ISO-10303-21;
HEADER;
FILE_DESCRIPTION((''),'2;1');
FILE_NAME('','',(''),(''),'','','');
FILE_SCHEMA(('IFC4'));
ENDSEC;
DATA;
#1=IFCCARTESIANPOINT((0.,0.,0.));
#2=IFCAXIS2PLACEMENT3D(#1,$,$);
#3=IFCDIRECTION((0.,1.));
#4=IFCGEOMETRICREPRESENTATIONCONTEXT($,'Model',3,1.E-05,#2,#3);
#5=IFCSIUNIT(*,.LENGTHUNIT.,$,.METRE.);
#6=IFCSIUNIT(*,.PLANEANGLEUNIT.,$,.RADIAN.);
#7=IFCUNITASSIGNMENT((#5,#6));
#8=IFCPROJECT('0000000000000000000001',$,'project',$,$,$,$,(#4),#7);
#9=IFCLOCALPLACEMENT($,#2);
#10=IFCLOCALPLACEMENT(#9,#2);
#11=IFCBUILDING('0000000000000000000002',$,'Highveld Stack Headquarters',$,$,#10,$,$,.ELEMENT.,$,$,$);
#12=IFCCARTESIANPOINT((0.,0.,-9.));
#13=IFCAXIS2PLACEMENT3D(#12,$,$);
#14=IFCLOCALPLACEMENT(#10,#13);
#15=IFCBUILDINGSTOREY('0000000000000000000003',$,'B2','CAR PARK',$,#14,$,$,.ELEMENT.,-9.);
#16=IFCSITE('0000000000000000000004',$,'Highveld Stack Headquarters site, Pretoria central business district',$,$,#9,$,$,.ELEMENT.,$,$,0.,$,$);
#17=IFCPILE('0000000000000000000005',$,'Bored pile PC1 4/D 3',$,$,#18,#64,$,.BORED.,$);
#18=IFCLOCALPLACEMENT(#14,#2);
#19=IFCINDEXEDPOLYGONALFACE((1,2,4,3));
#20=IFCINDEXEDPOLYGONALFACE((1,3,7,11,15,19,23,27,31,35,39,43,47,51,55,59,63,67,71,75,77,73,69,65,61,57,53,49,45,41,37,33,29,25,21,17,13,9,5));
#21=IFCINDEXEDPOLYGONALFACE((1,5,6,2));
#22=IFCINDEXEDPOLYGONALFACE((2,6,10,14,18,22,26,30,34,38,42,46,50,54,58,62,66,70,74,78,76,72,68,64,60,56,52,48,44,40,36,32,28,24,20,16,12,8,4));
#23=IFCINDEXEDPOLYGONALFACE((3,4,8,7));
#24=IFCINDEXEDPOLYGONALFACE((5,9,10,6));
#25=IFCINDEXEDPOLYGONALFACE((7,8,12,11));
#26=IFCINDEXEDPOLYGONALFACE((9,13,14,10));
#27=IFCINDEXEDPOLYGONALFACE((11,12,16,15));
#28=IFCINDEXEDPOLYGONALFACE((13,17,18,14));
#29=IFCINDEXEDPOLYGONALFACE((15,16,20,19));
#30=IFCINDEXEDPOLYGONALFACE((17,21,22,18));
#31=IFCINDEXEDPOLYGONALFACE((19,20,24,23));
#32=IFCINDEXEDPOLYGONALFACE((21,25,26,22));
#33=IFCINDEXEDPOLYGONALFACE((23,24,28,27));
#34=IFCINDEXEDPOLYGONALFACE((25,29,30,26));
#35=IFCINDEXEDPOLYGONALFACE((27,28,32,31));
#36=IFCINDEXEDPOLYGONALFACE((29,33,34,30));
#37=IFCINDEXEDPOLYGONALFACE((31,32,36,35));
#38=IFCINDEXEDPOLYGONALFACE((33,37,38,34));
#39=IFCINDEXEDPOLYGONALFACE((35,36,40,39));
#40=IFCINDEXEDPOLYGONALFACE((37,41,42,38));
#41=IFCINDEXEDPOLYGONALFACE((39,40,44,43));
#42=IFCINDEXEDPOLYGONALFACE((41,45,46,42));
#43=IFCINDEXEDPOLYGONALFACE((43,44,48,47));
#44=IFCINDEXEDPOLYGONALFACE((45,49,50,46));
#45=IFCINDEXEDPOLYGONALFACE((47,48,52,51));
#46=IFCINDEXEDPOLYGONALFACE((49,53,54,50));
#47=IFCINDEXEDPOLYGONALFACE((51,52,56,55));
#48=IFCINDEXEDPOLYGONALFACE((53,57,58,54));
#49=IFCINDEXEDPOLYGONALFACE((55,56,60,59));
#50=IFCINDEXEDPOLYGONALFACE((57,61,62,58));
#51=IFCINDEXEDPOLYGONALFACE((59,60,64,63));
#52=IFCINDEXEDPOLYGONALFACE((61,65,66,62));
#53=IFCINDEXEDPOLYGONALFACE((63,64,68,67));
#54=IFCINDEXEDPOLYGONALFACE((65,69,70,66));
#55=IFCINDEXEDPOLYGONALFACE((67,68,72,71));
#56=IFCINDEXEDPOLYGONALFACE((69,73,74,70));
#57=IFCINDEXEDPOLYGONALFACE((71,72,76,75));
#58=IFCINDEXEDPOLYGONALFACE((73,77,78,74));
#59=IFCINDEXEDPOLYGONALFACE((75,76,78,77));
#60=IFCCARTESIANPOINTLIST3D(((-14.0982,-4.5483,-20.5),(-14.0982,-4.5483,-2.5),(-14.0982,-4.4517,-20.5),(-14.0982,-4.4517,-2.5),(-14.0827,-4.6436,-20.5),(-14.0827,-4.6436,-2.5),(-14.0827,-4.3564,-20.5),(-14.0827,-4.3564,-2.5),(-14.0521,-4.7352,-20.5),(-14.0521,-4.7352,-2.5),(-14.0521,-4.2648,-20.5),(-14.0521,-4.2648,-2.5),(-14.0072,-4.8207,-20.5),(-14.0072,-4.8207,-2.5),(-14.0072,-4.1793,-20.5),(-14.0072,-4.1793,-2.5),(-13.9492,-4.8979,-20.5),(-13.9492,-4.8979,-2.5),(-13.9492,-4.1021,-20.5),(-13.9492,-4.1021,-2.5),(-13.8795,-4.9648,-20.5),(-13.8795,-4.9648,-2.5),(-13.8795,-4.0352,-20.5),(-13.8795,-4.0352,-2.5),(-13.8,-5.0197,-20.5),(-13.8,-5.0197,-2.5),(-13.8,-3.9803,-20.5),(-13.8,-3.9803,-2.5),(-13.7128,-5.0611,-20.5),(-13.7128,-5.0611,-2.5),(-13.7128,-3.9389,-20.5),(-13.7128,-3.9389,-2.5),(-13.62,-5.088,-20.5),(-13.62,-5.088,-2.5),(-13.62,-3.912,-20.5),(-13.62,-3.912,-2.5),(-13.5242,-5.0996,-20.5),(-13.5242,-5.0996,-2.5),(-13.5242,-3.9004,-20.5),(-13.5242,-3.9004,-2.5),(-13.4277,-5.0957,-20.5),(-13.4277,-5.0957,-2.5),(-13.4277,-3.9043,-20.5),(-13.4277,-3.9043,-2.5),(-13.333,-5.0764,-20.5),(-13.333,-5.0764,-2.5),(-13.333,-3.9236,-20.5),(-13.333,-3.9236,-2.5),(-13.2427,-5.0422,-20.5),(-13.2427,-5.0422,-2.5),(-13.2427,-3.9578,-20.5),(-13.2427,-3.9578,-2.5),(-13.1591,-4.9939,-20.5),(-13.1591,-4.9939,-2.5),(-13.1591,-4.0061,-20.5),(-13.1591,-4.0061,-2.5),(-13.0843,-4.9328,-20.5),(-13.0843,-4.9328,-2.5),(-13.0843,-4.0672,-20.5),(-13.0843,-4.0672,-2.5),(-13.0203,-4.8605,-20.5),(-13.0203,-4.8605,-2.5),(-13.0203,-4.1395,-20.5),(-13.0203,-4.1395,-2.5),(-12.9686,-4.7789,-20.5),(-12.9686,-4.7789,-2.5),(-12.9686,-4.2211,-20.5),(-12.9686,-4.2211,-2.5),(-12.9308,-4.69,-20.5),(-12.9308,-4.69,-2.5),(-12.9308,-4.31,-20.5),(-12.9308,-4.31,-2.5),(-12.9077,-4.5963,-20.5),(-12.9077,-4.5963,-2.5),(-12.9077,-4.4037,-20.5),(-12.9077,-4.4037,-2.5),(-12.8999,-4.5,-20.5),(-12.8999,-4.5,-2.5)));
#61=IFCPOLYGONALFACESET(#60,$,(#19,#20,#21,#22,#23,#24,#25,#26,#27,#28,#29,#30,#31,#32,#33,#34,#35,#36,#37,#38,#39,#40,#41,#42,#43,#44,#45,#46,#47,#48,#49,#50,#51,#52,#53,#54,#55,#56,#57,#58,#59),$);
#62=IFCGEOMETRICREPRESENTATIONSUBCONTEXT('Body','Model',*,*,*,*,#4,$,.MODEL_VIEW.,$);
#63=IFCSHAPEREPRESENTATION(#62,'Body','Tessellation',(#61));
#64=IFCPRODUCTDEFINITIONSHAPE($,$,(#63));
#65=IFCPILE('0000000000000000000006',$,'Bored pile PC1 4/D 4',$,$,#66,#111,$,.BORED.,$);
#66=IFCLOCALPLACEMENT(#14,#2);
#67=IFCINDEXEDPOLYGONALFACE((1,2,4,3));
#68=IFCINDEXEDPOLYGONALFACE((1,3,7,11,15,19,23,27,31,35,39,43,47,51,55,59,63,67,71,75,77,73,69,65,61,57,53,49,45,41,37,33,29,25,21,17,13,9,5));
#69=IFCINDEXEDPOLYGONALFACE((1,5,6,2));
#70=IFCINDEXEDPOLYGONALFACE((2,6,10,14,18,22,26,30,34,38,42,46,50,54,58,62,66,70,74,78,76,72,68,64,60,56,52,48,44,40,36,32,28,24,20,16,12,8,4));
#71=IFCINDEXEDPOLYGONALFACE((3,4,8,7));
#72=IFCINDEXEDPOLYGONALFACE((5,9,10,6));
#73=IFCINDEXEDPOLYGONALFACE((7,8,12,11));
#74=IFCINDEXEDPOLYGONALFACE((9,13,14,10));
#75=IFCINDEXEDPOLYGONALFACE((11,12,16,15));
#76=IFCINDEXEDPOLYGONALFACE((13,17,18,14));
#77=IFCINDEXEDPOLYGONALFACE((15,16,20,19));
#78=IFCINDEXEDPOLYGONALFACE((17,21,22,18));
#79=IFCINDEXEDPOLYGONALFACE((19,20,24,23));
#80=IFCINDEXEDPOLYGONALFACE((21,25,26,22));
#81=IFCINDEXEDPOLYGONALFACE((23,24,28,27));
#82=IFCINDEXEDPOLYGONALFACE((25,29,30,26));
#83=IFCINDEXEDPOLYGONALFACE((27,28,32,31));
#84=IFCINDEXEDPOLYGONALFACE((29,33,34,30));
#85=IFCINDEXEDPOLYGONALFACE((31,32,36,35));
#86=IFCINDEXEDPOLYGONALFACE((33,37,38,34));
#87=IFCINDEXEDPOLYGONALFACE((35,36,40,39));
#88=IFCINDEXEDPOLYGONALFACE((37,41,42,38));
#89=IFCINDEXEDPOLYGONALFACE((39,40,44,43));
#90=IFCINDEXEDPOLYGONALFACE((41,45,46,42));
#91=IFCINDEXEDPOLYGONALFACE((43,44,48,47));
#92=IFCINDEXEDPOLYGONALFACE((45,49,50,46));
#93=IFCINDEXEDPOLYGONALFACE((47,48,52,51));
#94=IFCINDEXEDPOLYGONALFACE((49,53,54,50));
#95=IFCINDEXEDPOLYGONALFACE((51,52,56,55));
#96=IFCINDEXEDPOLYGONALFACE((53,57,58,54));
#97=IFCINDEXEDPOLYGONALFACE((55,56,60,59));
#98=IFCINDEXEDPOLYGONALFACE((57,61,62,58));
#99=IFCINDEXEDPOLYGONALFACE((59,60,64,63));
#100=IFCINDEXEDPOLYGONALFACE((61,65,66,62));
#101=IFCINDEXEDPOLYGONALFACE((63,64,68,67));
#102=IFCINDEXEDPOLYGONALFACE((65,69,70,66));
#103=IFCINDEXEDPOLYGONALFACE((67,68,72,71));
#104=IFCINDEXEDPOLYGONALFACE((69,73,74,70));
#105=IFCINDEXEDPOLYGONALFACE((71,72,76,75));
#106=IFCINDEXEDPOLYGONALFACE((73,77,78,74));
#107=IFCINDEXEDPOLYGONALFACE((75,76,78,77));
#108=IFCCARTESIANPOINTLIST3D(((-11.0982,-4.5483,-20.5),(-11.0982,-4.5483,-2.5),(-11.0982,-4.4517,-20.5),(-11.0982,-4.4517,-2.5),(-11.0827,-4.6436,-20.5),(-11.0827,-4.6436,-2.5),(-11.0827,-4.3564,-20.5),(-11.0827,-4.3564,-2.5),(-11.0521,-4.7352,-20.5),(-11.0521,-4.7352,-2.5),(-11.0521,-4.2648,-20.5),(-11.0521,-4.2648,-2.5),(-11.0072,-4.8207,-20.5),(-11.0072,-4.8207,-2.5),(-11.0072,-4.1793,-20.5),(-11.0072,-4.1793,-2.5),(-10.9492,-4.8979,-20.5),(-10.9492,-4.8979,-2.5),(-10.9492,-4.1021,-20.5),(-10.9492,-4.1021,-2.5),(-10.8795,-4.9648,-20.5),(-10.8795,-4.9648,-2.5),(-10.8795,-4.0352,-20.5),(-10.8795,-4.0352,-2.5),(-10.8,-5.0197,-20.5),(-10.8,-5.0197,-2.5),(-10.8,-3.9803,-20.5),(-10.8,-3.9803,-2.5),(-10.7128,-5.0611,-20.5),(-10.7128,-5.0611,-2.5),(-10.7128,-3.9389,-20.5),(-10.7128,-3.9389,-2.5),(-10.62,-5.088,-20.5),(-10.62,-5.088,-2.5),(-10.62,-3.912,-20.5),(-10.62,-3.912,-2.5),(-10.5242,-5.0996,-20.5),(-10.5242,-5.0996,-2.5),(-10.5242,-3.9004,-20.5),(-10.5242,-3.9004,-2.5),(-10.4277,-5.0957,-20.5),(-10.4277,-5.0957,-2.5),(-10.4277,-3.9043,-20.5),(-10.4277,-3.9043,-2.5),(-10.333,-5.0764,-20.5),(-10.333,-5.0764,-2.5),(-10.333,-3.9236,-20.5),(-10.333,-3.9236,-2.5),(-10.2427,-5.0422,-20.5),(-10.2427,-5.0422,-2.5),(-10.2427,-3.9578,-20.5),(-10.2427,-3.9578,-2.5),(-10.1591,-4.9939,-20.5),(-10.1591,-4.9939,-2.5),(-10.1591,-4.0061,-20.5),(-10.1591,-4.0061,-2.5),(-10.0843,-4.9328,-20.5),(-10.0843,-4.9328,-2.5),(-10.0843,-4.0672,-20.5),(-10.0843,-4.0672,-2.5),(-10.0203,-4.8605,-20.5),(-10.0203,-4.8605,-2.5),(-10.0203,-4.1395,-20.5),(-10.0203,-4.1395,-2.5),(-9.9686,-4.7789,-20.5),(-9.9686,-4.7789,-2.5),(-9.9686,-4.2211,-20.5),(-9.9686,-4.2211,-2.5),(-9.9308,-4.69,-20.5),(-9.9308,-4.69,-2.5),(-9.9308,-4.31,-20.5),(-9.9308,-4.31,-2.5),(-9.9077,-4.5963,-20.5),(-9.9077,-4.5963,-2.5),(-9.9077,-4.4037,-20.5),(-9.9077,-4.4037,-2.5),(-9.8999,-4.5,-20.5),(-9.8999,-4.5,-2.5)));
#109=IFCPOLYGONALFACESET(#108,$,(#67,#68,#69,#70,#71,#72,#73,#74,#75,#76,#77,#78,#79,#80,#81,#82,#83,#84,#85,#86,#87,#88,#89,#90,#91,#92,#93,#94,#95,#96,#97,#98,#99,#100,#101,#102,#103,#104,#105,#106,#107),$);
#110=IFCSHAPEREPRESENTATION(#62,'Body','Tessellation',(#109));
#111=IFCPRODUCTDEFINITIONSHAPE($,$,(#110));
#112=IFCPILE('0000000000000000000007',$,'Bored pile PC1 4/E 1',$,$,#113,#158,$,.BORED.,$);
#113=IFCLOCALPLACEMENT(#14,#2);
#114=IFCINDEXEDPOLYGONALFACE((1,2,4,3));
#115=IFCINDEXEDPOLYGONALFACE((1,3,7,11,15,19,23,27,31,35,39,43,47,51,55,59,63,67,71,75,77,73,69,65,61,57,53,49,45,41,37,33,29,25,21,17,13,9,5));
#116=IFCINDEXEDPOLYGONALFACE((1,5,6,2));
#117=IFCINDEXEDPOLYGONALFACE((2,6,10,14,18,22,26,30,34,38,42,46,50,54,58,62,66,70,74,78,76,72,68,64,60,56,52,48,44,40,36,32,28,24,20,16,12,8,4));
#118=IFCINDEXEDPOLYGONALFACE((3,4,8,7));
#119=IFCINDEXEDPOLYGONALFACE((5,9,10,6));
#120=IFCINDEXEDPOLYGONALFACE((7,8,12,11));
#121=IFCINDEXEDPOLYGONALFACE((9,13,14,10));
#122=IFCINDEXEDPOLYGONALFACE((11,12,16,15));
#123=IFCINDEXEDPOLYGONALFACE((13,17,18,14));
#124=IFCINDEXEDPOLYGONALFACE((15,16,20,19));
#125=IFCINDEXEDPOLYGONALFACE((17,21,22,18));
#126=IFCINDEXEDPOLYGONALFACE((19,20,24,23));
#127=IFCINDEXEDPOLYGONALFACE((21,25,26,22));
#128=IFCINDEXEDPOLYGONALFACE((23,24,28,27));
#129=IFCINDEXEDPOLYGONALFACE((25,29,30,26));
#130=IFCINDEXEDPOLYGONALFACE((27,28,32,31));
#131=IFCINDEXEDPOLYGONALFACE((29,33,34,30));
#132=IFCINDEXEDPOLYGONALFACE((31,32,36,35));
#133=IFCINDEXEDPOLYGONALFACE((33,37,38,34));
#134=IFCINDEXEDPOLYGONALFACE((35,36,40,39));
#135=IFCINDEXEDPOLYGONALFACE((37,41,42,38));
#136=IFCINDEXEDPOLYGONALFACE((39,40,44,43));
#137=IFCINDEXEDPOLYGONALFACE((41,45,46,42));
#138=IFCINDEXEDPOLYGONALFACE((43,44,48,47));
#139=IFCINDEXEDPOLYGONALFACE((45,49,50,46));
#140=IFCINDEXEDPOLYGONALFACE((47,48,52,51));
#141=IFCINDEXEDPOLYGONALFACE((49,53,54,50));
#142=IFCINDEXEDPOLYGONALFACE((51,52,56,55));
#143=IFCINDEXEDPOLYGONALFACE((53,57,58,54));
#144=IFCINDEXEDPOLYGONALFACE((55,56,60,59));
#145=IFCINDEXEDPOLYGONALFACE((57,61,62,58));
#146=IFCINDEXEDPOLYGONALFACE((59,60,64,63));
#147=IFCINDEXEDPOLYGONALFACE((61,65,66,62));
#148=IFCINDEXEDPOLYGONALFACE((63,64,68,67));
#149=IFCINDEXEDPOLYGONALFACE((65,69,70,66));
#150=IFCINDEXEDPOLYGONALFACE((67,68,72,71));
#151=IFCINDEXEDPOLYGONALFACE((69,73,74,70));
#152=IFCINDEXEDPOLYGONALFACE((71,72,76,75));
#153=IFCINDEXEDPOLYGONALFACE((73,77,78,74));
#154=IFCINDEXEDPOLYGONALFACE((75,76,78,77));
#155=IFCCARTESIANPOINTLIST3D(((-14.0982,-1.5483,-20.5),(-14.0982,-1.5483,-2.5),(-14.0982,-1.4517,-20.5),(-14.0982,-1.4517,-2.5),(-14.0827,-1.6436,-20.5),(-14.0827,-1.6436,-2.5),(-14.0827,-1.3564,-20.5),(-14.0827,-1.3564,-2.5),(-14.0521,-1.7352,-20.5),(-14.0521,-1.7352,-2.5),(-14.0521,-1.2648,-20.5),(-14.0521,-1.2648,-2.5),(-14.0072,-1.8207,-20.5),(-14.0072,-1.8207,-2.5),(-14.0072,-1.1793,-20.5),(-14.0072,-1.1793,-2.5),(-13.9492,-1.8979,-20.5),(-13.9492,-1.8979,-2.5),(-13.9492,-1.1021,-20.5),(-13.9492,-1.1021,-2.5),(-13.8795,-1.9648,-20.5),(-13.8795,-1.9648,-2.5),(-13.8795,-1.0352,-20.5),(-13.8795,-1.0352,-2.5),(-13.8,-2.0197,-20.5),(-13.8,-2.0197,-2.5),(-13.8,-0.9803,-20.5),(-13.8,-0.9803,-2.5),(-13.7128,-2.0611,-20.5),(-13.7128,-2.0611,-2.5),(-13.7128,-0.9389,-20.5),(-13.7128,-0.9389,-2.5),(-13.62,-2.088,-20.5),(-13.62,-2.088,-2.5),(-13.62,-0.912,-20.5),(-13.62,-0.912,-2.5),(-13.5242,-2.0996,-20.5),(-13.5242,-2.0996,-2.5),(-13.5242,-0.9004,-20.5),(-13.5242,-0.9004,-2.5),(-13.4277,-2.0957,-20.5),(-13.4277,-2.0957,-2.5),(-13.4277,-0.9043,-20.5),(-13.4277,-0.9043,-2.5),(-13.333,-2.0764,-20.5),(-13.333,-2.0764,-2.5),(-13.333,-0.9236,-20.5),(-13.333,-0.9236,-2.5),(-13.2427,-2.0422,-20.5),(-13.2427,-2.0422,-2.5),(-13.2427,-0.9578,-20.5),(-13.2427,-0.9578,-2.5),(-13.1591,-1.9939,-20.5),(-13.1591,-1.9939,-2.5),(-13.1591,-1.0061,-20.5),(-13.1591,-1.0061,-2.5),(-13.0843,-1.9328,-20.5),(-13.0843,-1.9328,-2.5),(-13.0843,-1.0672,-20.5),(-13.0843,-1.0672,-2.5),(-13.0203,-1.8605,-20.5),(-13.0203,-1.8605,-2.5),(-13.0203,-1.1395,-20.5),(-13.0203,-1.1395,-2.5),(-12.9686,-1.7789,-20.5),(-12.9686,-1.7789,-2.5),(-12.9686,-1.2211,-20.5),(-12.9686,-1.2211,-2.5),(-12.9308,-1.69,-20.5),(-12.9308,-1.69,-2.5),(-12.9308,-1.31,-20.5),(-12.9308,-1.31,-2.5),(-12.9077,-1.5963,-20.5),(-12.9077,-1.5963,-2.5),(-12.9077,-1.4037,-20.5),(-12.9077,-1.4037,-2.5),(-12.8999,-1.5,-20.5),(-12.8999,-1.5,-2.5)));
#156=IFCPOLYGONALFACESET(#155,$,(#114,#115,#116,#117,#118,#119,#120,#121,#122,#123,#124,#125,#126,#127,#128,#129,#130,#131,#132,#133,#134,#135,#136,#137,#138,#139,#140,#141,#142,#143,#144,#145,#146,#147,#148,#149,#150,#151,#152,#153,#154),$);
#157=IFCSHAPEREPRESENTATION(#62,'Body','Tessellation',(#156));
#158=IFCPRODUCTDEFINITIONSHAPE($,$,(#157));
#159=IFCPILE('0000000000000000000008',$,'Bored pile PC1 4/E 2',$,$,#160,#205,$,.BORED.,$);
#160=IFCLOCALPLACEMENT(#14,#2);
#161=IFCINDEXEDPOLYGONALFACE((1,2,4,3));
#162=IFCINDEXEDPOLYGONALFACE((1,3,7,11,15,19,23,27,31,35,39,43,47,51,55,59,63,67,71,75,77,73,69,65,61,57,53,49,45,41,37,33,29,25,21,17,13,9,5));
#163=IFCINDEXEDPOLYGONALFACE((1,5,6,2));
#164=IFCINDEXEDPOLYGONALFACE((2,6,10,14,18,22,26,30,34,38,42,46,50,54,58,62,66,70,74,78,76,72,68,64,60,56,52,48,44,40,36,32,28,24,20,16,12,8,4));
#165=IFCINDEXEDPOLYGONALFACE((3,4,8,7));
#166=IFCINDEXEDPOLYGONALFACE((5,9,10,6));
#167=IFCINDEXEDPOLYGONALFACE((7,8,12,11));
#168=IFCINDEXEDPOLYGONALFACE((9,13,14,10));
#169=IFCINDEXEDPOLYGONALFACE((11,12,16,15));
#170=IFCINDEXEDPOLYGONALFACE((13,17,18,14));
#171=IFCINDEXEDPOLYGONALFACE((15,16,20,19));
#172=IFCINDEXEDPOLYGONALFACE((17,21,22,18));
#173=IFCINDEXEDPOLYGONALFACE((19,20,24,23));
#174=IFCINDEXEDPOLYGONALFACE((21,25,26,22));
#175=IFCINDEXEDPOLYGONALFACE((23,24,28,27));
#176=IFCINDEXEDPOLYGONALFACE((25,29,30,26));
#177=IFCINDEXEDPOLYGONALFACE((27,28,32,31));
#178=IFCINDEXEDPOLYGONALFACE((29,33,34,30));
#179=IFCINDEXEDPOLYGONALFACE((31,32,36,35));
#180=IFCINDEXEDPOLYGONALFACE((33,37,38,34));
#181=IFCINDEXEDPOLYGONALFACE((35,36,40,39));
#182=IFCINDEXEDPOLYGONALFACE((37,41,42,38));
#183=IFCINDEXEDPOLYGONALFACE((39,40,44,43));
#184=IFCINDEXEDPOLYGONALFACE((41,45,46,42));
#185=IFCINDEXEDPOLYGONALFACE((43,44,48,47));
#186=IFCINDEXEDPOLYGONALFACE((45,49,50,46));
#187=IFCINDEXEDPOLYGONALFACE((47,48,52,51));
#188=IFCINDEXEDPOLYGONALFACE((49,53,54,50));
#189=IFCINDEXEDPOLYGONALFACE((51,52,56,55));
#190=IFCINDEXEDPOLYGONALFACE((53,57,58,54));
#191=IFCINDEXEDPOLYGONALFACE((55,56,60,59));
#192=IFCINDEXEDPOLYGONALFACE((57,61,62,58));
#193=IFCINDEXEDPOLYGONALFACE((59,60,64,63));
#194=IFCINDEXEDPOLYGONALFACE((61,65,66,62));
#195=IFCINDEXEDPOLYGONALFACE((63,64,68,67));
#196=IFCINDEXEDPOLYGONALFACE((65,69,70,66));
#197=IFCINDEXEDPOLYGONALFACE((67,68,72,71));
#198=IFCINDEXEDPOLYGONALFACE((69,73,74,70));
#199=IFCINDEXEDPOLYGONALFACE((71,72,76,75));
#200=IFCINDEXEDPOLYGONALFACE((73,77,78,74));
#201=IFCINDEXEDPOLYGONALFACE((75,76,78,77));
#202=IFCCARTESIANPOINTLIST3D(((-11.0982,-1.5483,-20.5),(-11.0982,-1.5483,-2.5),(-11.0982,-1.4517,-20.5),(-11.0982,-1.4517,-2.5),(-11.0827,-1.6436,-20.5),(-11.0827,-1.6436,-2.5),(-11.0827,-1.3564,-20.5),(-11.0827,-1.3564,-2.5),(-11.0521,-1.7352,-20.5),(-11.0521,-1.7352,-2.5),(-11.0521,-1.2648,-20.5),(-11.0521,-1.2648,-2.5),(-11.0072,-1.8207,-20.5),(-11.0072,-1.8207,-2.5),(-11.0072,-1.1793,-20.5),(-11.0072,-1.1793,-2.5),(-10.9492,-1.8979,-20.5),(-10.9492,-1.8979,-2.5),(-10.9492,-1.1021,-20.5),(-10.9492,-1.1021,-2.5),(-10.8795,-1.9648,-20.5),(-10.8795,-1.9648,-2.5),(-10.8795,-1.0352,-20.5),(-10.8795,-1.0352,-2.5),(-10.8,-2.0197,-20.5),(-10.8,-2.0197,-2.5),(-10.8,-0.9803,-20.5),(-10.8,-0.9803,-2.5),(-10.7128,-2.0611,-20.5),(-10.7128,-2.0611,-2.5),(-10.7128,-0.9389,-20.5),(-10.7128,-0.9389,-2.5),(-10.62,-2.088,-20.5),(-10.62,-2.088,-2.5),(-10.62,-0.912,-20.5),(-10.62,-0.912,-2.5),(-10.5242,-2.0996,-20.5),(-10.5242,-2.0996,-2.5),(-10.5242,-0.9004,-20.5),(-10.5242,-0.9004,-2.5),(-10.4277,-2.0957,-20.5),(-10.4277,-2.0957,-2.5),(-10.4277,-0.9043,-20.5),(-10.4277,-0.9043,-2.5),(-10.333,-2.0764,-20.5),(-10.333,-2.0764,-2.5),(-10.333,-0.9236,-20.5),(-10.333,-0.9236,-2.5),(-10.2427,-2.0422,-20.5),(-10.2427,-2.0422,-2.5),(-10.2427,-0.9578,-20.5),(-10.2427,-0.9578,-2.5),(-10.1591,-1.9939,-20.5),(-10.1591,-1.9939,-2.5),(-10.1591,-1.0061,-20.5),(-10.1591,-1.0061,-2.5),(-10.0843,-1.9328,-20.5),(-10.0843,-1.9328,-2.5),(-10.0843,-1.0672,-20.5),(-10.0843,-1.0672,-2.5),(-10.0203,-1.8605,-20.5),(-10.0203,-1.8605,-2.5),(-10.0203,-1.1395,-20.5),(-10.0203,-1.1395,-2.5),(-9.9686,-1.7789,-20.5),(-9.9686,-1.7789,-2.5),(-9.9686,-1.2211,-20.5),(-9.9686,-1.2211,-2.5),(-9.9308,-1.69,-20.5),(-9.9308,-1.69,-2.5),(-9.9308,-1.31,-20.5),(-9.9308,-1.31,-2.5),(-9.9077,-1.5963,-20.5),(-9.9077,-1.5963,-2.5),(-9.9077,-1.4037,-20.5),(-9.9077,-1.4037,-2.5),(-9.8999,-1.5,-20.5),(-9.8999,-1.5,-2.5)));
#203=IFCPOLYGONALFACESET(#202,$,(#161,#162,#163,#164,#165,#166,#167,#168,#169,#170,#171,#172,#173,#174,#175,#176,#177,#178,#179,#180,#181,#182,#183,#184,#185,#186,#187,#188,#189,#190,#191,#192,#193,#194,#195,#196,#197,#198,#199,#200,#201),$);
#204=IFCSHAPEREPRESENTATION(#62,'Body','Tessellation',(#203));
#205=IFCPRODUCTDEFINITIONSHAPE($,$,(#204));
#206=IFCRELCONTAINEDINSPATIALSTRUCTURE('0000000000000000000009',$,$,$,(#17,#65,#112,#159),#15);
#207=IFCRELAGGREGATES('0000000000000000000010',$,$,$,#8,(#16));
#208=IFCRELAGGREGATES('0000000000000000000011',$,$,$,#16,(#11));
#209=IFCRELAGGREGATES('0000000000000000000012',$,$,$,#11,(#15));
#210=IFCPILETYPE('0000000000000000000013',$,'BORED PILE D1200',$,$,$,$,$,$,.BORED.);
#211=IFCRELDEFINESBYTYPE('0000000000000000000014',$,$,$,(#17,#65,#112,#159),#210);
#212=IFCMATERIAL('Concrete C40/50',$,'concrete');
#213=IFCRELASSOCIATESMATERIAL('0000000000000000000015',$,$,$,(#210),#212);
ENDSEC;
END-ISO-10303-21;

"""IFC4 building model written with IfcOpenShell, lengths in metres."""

from ifc_helpers import new_model, si_unit, direction, frame, origin, origin_2d, place, context, subcontext, project, spatial, circle, extrude, material, type_object, element, save


model = new_model("IFC4")

# Units and contexts
model_context = context("Model", 3, precision=1e-05, world=origin(), true_north=direction((0.0, 1.0)))
body_context = subcontext(model_context, "Body", "Model", "MODEL_VIEW")
ifc_project = project(units=[si_unit("LENGTHUNIT", "METRE"), si_unit("PLANEANGLEUNIT", "RADIAN")], contexts=[model_context])

# Site, building, storey
site_placement = place(None, origin())
site = spatial("IfcSite", under=ifc_project, at=site_placement, Name="Highveld Stack Headquarters site, Pretoria central business district", CompositionType="ELEMENT", RefElevation=0.0)
building_placement = place(site_placement, origin())
building = spatial("IfcBuilding", under=site, at=building_placement, Name="Highveld Stack Headquarters", CompositionType="ELEMENT")
storey_placement = place(building_placement, frame((0.0, 0.0, -9.0)))
storey = spatial("IfcBuildingStorey", under=building, at=storey_placement, Name="B2", Description="CAR PARK", CompositionType="ELEMENT", Elevation=-9.0)

# Piles
ifc_material_1 = material(Name="Concrete C40/50", Category="concrete")
pile_type_1 = type_object("IfcPileType", Name="BORED PILE D1200", PredefinedType="BORED", material=ifc_material_1)
for number, where, z_axis, x_axis, name in (
    (1, (-13.5, -4.5, -2.5), (0.0, 0.0, -1.0), (1.0, 0.0, 0.0), "Bored pile PC1 4/D 3"),
    (2, (-10.5, -4.5, -2.5), (0.0, 0.0, -1.0), (1.0, 0.0, 0.0), "Bored pile PC1 4/D 4"),
    (3, (-13.5, -1.5, -2.5), (0.0, 0.0, -1.0), (1.0, 0.0, 0.0), "Bored pile PC1 4/E 1"),
    (4, (-10.5, -1.5, -2.5), (0.0, 0.0, -1.0), (1.0, 0.0, 0.0), "Bored pile PC1 4/E 2"),
):
    element("IfcPile", number, at=place(storey_placement, frame(where, z_axis=z_axis, x_axis=x_axis)), inside=storey, type_object=pile_type_1, Name=name, PredefinedType="BORED", context=body_context, shape_type="SweptSolid", body=[
        extrude(circle(Radius=0.6001, at=origin_2d()), origin(), (0.0, 0.0, 1.0), 18.0),
    ])

save(model, "model.ifc")
